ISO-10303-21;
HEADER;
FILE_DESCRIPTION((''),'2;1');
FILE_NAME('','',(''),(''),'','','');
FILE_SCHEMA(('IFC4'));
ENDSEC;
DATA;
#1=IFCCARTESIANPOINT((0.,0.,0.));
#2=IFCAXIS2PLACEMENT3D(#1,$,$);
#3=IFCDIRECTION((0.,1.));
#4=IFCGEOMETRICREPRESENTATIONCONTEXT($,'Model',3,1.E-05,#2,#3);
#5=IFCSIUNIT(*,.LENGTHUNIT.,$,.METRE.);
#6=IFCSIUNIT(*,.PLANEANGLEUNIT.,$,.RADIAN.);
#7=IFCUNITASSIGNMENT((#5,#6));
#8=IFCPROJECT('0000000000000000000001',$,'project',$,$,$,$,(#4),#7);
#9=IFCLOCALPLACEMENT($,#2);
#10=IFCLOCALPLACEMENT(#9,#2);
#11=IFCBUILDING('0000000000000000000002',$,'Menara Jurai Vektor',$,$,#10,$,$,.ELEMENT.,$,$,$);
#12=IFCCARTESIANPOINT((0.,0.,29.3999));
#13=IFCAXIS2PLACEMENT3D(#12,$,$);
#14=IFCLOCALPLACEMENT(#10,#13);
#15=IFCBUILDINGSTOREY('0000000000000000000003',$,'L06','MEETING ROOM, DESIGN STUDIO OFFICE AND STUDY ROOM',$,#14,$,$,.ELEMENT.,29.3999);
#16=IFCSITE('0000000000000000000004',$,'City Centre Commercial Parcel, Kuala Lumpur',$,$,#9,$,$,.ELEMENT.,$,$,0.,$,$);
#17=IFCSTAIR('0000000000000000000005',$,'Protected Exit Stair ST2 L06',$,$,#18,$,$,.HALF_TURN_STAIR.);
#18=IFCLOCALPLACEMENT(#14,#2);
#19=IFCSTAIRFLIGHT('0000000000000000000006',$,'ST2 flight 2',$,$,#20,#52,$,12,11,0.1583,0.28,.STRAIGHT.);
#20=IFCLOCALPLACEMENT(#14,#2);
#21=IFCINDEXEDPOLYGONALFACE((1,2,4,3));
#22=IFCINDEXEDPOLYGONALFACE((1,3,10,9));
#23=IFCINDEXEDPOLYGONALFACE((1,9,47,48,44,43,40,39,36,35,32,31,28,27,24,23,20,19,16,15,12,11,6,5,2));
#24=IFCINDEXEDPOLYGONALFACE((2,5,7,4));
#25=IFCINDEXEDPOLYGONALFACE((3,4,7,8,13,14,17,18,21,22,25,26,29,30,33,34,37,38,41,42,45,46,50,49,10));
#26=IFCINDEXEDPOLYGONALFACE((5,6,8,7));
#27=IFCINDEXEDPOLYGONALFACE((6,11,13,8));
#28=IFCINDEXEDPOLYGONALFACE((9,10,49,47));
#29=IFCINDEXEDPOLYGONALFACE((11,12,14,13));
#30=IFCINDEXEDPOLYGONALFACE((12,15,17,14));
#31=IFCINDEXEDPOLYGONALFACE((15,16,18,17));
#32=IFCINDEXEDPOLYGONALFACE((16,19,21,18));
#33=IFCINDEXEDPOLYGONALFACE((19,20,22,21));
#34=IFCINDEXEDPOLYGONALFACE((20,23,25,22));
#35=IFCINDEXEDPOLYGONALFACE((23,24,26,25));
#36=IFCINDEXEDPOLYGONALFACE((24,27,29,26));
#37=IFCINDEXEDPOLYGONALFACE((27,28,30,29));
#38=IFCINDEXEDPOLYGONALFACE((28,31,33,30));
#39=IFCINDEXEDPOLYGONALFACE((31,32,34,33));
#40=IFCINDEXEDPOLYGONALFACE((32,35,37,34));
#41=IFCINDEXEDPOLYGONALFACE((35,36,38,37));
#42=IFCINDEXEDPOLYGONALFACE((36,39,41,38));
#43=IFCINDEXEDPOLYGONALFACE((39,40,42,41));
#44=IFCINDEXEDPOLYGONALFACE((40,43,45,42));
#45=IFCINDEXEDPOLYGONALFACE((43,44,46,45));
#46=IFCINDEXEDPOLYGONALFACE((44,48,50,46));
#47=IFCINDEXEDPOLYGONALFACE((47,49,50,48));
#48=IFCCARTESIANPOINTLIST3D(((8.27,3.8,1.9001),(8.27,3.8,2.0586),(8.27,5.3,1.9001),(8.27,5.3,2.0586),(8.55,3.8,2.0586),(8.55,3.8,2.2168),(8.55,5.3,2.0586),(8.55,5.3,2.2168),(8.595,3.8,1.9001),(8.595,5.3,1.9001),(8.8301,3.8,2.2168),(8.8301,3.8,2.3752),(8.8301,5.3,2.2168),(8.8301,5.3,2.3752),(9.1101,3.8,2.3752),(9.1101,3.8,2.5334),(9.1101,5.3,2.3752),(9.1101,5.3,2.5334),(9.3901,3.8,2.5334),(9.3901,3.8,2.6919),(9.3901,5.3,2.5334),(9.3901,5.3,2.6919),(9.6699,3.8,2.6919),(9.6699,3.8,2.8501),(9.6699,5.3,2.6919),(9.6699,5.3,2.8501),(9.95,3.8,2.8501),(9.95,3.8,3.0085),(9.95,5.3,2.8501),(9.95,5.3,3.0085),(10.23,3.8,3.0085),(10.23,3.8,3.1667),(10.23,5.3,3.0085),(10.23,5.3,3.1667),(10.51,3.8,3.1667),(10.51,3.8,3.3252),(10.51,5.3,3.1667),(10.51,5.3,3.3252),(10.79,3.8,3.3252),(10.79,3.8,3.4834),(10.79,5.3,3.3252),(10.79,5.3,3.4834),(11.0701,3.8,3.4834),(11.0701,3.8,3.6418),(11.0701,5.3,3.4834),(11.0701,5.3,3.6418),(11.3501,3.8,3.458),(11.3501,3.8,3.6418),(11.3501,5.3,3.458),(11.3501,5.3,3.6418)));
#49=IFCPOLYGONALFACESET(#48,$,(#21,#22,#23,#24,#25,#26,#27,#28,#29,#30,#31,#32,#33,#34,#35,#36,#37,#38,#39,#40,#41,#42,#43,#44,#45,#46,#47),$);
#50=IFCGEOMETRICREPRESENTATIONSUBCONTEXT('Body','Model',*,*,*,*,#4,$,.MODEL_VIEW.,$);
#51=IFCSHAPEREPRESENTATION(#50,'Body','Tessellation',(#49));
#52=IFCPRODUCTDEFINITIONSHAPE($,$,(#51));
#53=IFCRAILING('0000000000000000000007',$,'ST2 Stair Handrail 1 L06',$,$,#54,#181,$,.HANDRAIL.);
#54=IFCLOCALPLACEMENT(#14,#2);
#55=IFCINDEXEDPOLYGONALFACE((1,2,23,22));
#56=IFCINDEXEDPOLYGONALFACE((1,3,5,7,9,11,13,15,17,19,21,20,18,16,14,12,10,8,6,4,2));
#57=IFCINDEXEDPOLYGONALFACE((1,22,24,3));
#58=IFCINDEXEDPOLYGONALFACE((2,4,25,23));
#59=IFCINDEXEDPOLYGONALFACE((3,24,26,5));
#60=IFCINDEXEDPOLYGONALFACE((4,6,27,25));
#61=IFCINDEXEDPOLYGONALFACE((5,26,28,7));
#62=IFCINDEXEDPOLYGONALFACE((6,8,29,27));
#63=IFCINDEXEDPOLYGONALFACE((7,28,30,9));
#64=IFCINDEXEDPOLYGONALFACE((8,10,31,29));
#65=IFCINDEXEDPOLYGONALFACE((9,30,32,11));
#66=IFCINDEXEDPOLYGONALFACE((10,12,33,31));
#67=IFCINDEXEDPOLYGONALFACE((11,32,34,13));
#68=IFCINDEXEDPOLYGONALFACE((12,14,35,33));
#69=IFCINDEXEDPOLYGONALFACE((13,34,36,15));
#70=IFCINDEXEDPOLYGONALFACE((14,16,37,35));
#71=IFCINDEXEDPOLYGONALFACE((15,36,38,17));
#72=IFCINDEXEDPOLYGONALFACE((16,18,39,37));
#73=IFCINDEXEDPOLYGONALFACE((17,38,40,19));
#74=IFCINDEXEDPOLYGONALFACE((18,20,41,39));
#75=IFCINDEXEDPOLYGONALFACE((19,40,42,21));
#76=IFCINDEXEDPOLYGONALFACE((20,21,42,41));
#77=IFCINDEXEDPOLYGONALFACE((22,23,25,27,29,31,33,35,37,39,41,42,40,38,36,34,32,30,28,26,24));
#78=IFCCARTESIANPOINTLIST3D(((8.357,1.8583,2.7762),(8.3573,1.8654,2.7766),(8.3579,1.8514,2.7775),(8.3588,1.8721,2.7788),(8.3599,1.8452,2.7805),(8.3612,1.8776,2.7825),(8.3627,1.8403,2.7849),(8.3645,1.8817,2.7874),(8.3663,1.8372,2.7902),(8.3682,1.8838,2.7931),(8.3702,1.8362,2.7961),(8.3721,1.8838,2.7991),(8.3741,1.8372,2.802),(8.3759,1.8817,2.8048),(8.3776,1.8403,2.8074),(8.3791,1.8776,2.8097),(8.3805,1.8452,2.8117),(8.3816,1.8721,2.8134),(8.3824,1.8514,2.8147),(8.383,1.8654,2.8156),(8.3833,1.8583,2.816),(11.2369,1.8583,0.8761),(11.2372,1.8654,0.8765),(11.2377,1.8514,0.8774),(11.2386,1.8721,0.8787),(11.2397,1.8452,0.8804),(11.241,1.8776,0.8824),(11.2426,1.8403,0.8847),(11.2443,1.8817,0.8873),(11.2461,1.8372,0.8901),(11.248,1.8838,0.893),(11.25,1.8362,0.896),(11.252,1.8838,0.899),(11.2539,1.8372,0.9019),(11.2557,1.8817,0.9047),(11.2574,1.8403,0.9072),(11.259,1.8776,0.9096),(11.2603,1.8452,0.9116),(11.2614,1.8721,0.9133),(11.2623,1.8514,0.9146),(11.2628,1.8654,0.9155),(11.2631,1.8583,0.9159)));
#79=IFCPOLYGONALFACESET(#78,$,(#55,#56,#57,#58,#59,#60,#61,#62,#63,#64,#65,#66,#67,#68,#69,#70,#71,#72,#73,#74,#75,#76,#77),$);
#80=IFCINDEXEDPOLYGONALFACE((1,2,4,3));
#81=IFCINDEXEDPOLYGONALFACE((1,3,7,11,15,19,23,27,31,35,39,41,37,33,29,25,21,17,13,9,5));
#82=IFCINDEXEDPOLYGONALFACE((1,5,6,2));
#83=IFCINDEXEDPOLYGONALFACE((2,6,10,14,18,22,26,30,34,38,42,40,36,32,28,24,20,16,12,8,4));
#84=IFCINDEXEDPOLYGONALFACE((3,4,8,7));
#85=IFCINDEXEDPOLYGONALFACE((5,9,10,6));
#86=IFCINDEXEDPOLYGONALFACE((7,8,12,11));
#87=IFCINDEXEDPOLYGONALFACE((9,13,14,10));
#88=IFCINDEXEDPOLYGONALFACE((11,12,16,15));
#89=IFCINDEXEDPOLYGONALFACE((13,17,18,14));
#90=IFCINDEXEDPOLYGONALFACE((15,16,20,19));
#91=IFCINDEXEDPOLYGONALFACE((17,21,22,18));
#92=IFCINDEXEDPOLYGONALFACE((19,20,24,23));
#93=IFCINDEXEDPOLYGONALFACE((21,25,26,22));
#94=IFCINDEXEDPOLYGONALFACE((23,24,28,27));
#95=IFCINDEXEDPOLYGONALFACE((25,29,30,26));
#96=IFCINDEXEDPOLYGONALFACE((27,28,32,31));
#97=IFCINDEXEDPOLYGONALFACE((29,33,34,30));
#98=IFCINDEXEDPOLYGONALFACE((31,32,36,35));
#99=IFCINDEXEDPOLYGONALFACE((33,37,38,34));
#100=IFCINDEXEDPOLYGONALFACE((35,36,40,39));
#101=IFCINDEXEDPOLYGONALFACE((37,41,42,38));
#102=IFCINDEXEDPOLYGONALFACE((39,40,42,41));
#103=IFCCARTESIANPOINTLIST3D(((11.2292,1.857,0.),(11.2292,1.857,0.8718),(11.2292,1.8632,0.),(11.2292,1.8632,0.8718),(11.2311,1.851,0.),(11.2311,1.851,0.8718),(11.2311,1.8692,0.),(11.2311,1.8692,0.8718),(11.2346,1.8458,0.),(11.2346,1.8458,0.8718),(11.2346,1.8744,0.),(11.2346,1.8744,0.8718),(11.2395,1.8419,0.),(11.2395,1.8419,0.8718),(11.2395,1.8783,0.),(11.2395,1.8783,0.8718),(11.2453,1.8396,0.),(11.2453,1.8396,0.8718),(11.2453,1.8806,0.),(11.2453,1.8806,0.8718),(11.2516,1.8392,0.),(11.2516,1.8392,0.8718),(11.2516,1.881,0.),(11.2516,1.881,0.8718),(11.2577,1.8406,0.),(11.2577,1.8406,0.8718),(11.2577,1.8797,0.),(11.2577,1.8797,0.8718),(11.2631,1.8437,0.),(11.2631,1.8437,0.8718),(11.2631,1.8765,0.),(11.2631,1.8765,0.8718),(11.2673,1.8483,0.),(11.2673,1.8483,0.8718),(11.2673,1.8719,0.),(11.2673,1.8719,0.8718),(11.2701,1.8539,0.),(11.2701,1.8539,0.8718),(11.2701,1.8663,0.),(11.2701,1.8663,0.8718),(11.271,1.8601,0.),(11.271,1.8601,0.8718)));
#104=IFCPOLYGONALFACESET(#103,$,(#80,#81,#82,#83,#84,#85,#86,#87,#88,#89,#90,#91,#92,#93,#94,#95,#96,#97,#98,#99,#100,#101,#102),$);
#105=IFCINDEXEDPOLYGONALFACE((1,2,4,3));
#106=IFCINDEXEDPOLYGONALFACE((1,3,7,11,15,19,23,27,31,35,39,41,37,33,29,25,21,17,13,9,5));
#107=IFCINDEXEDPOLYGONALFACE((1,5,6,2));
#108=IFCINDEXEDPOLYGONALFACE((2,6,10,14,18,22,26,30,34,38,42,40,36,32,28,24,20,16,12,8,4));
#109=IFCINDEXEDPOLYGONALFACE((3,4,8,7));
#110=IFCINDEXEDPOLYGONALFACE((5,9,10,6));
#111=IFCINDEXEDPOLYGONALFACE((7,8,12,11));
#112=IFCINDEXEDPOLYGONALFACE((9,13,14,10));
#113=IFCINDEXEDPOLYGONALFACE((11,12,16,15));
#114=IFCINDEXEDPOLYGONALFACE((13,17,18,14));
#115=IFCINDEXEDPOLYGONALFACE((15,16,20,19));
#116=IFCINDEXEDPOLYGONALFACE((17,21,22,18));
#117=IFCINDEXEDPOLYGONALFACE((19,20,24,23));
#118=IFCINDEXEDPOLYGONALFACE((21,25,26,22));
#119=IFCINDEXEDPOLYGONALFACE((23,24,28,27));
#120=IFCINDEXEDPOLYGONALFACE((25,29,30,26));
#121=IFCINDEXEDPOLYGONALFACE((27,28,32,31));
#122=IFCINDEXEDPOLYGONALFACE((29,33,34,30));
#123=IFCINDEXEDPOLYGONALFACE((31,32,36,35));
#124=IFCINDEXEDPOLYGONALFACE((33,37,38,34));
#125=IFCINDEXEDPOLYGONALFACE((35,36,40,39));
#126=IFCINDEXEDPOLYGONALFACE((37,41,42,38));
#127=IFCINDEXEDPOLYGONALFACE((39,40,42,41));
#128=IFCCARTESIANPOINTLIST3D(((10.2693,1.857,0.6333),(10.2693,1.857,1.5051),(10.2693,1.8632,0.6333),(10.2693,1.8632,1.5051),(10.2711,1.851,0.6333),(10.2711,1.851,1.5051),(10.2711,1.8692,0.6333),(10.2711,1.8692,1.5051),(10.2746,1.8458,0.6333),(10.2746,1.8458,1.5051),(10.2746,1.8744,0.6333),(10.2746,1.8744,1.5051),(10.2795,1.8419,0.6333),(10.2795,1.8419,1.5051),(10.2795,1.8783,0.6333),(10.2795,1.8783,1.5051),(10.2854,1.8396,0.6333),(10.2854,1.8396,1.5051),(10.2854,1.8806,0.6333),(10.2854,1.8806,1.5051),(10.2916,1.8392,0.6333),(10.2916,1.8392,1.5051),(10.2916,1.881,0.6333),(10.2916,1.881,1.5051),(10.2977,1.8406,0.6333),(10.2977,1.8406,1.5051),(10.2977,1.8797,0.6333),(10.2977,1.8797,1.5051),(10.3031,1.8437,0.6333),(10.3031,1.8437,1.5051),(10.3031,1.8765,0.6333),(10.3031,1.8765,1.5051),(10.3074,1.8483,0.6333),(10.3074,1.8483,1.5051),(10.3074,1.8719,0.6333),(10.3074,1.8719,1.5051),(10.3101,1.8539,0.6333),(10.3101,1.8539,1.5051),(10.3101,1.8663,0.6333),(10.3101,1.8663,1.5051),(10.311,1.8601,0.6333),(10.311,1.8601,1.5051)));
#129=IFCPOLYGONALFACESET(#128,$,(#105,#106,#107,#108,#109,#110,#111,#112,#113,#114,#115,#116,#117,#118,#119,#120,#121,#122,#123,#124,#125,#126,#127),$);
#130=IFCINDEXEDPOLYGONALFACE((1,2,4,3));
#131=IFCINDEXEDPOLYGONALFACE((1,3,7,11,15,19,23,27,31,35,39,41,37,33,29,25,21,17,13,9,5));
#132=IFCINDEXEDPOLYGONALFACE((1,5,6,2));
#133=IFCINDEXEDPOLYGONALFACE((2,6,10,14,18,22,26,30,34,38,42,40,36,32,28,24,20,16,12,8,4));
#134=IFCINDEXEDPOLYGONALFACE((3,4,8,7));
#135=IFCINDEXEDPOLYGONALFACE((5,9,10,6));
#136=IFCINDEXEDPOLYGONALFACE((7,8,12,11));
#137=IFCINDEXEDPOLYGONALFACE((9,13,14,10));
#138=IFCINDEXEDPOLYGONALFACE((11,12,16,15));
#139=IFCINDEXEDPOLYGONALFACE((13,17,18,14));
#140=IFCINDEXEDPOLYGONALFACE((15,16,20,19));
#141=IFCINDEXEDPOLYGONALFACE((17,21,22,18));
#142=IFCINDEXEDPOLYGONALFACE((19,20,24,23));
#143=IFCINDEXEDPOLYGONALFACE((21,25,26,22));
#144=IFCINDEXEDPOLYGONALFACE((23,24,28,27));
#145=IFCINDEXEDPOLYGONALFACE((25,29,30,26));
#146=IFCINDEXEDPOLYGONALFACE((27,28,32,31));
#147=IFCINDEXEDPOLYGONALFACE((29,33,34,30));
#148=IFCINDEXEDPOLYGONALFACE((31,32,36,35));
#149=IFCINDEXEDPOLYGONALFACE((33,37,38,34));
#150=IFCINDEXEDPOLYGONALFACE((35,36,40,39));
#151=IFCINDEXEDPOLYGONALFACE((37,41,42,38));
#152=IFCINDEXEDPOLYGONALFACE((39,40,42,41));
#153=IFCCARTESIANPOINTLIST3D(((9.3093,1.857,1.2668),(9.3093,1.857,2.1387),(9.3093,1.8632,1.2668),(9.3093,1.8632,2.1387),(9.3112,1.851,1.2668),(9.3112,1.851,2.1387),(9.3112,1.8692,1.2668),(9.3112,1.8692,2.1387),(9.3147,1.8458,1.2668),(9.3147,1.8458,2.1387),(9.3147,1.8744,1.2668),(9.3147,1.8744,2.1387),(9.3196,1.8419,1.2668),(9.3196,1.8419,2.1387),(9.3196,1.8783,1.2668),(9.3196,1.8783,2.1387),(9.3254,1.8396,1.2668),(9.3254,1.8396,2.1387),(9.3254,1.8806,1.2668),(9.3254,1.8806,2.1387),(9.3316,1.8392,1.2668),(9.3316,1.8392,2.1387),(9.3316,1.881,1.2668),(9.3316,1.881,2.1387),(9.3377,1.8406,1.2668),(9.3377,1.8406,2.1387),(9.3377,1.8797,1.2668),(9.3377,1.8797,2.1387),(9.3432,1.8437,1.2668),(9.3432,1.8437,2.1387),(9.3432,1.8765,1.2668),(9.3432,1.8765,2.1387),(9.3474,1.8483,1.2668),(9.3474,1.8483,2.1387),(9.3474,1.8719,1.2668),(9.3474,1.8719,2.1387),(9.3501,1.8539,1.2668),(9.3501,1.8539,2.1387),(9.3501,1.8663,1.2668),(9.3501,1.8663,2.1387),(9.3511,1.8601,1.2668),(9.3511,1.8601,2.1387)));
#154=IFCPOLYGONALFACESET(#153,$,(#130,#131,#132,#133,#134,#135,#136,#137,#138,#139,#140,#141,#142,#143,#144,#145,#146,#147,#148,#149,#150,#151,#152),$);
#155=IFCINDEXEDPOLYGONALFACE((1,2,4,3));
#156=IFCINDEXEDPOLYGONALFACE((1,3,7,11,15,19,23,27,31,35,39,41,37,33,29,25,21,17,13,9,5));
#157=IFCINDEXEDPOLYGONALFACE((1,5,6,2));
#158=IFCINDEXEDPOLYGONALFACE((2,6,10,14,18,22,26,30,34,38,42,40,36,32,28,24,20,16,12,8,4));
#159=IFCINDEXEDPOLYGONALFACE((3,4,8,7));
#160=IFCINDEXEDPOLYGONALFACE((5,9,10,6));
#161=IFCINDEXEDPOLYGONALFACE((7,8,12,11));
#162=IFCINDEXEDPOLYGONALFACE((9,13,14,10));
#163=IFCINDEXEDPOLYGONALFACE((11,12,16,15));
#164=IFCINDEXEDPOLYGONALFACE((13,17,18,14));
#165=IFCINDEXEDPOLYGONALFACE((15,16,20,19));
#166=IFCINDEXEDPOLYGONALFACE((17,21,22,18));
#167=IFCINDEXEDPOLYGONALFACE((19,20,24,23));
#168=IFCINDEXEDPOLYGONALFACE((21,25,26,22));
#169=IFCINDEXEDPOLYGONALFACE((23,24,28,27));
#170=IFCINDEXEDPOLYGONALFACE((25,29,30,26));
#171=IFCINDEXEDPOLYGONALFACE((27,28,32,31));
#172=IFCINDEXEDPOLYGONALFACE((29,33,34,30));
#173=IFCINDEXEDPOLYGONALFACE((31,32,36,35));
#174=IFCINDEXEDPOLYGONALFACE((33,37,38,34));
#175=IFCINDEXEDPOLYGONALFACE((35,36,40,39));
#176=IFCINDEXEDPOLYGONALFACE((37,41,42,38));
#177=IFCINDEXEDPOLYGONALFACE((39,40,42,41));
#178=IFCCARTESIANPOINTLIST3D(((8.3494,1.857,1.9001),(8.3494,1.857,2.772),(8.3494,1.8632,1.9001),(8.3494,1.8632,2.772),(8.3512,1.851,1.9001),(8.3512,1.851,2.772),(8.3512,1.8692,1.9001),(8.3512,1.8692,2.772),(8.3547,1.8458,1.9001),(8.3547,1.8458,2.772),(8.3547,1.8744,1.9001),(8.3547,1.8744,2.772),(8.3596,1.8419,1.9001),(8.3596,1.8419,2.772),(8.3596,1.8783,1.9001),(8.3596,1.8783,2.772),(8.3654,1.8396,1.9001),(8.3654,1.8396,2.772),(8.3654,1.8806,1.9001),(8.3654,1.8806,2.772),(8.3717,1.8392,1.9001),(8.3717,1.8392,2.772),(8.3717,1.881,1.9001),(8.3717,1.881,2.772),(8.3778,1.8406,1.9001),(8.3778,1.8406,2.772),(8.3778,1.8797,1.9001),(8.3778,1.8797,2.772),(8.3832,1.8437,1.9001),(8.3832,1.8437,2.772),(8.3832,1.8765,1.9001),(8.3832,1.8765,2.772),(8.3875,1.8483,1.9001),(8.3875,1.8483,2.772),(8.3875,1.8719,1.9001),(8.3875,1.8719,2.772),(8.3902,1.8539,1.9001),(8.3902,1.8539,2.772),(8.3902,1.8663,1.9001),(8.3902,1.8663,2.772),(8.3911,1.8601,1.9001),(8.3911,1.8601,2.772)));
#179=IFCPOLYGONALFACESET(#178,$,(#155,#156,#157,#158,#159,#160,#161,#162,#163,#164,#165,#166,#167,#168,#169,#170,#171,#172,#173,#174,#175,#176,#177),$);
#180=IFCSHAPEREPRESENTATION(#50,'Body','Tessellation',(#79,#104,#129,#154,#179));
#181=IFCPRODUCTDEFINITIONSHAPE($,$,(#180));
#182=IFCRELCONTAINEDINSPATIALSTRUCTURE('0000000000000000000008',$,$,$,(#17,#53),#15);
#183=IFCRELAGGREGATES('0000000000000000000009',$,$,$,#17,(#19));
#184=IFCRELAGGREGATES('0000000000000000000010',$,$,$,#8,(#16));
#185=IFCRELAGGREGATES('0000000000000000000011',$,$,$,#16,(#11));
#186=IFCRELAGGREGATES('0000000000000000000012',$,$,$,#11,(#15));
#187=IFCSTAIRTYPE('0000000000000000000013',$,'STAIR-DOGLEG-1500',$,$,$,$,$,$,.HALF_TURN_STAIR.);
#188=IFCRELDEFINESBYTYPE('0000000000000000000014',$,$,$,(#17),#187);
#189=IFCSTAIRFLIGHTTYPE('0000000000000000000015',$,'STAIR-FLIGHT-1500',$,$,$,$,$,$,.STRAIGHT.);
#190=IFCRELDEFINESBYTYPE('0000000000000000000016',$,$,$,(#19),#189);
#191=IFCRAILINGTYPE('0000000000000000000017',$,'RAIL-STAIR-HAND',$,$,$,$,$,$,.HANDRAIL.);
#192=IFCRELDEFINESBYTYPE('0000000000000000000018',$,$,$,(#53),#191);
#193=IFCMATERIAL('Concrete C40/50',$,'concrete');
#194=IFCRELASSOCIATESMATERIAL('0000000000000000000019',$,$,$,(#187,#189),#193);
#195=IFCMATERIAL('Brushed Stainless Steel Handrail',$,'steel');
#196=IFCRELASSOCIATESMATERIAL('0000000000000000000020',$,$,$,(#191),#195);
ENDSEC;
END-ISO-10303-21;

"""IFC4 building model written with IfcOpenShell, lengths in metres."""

from ifc_helpers import new_model, si_unit, direction, frame, origin, origin_2d, place, context, subcontext, project, spatial, polyline, circle, outline, extrude, material, type_object, element, aggregate, save


model = new_model("IFC4")

# Units and contexts
model_context = context("Model", 3, precision=1e-05, world=origin(), true_north=direction((0.0, 1.0)))
body_context = subcontext(model_context, "Body", "Model", "MODEL_VIEW")
ifc_project = project(units=[si_unit("LENGTHUNIT", "METRE"), si_unit("PLANEANGLEUNIT", "RADIAN")], contexts=[model_context])

# Site, building, storey
site_placement = place(None, origin())
site = spatial("IfcSite", under=ifc_project, at=site_placement, Name="City Centre Commercial Parcel, Kuala Lumpur", CompositionType="ELEMENT", RefElevation=0.0)
building_placement = place(site_placement, origin())
building = spatial("IfcBuilding", under=site, at=building_placement, Name="Menara Jurai Vektor", CompositionType="ELEMENT")
storey_placement = place(building_placement, frame((0.0, 0.0, 29.3999)))
storey = spatial("IfcBuildingStorey", under=building, at=storey_placement, Name="L06", Description="MEETING ROOM, DESIGN STUDIO OFFICE AND STUDY ROOM", CompositionType="ELEMENT", Elevation=29.3999)

# Stair
ifc_material_1 = material(Name="Concrete C40/50", Category="concrete")
stair_type = type_object("IfcStairType", Name="STAIR-DOGLEG-1500", PredefinedType="HALF_TURN_STAIR", material=ifc_material_1)
stair_1_placement = place(storey_placement, origin())
stair_1 = element("IfcStair", 1, at=stair_1_placement, inside=storey, type_object=stair_type, Name="Protected Exit Stair ST2 L06", PredefinedType="HALF_TURN_STAIR")

# Stair flight
stair_flight_type = type_object("IfcStairFlightType", Name="STAIR-FLIGHT-1500", PredefinedType="STRAIGHT", material=ifc_material_1)
stair_flight_1_placement = place(storey_placement, frame((8.27, 4.55, 1.9001), z_axis=(0.0, 0.0, 1.0), x_axis=(1.0, 0.0, 0.0)))
stair_flight_1 = element("IfcStairFlight", 2, at=stair_flight_1_placement, type_object=stair_flight_type, Name="ST2 flight 2", NumberOfRisers=12, NumberOfTreads=11, PredefinedType="STRAIGHT", RiserHeight=0.1583, TreadLength=0.28, context=body_context, shape_type="SweptSolid", body=[
    extrude(outline(polyline([(0.0, 0.0), (0.0, 0.1584), (0.28, 0.1584), (0.28, 0.3167), (0.5601, 0.3167), (0.5601, 0.4751), (0.8401, 0.4751), (0.8401, 0.6333), (1.1201, 0.6333), (1.1201, 0.7917), (1.3999, 0.7917), (1.3999, 0.95), (1.6799, 0.95), (1.6799, 1.1084), (1.96, 1.1084), (1.96, 1.2666), (2.24, 1.2666), (2.24, 1.425), (2.52, 1.425), (2.52, 1.5833), (2.8, 1.5833), (2.8, 1.7417), (3.0801, 1.7417), (3.0801, 1.8999), (3.0801, 1.5579), (0.325, 0.0), (0.0, 0.0)])), frame((0.0, 0.75, 0.0), z_axis=(0.0, -1.0, 0.0), x_axis=(1.0, 0.0, 0.0)), (0.0, 0.0, 1.0), 1.5),
])
aggregate(stair_1, [stair_flight_1])

# Railing
ifc_material_2 = material(Name="Brushed Stainless Steel Handrail", Category="steel")
railing_type_1 = type_object("IfcRailingType", Name="RAIL-STAIR-HAND", PredefinedType="HANDRAIL", material=ifc_material_2)
railing_1_placement = place(storey_placement, frame((11.25, 1.8601, 0.0)))
element("IfcRailing", 3, at=railing_1_placement, inside=storey, type_object=railing_type_1, Name="ST2 Stair Handrail 1 L06", PredefinedType="HANDRAIL", context=body_context, shape_type="SweptSolid", body=[
    extrude(circle(Radius=0.0239, at=origin_2d()), frame((0.0, 0.0, 0.896), z_axis=(-0.834686, 0.0, 0.550726), x_axis=(0.0, -1.0, 0.0)), (0.0, 0.0, 1.0), 3.4502),
    extrude(circle(Radius=0.021, at=origin_2d()), origin(), (0.0, 0.0, 1.0), 0.8718),
    extrude(circle(Radius=0.021, at=origin_2d()), frame((-0.96, 0.0, 0.6333)), (0.0, 0.0, 1.0), 0.8718),
    extrude(circle(Radius=0.021, at=origin_2d()), frame((-1.9199, 0.0, 1.2668)), (0.0, 0.0, 1.0), 0.8718),
    extrude(circle(Radius=0.021, at=origin_2d()), frame((-2.8799, 0.0, 1.9001)), (0.0, 0.0, 1.0), 0.8718),
])

save(model, "model.ifc")
